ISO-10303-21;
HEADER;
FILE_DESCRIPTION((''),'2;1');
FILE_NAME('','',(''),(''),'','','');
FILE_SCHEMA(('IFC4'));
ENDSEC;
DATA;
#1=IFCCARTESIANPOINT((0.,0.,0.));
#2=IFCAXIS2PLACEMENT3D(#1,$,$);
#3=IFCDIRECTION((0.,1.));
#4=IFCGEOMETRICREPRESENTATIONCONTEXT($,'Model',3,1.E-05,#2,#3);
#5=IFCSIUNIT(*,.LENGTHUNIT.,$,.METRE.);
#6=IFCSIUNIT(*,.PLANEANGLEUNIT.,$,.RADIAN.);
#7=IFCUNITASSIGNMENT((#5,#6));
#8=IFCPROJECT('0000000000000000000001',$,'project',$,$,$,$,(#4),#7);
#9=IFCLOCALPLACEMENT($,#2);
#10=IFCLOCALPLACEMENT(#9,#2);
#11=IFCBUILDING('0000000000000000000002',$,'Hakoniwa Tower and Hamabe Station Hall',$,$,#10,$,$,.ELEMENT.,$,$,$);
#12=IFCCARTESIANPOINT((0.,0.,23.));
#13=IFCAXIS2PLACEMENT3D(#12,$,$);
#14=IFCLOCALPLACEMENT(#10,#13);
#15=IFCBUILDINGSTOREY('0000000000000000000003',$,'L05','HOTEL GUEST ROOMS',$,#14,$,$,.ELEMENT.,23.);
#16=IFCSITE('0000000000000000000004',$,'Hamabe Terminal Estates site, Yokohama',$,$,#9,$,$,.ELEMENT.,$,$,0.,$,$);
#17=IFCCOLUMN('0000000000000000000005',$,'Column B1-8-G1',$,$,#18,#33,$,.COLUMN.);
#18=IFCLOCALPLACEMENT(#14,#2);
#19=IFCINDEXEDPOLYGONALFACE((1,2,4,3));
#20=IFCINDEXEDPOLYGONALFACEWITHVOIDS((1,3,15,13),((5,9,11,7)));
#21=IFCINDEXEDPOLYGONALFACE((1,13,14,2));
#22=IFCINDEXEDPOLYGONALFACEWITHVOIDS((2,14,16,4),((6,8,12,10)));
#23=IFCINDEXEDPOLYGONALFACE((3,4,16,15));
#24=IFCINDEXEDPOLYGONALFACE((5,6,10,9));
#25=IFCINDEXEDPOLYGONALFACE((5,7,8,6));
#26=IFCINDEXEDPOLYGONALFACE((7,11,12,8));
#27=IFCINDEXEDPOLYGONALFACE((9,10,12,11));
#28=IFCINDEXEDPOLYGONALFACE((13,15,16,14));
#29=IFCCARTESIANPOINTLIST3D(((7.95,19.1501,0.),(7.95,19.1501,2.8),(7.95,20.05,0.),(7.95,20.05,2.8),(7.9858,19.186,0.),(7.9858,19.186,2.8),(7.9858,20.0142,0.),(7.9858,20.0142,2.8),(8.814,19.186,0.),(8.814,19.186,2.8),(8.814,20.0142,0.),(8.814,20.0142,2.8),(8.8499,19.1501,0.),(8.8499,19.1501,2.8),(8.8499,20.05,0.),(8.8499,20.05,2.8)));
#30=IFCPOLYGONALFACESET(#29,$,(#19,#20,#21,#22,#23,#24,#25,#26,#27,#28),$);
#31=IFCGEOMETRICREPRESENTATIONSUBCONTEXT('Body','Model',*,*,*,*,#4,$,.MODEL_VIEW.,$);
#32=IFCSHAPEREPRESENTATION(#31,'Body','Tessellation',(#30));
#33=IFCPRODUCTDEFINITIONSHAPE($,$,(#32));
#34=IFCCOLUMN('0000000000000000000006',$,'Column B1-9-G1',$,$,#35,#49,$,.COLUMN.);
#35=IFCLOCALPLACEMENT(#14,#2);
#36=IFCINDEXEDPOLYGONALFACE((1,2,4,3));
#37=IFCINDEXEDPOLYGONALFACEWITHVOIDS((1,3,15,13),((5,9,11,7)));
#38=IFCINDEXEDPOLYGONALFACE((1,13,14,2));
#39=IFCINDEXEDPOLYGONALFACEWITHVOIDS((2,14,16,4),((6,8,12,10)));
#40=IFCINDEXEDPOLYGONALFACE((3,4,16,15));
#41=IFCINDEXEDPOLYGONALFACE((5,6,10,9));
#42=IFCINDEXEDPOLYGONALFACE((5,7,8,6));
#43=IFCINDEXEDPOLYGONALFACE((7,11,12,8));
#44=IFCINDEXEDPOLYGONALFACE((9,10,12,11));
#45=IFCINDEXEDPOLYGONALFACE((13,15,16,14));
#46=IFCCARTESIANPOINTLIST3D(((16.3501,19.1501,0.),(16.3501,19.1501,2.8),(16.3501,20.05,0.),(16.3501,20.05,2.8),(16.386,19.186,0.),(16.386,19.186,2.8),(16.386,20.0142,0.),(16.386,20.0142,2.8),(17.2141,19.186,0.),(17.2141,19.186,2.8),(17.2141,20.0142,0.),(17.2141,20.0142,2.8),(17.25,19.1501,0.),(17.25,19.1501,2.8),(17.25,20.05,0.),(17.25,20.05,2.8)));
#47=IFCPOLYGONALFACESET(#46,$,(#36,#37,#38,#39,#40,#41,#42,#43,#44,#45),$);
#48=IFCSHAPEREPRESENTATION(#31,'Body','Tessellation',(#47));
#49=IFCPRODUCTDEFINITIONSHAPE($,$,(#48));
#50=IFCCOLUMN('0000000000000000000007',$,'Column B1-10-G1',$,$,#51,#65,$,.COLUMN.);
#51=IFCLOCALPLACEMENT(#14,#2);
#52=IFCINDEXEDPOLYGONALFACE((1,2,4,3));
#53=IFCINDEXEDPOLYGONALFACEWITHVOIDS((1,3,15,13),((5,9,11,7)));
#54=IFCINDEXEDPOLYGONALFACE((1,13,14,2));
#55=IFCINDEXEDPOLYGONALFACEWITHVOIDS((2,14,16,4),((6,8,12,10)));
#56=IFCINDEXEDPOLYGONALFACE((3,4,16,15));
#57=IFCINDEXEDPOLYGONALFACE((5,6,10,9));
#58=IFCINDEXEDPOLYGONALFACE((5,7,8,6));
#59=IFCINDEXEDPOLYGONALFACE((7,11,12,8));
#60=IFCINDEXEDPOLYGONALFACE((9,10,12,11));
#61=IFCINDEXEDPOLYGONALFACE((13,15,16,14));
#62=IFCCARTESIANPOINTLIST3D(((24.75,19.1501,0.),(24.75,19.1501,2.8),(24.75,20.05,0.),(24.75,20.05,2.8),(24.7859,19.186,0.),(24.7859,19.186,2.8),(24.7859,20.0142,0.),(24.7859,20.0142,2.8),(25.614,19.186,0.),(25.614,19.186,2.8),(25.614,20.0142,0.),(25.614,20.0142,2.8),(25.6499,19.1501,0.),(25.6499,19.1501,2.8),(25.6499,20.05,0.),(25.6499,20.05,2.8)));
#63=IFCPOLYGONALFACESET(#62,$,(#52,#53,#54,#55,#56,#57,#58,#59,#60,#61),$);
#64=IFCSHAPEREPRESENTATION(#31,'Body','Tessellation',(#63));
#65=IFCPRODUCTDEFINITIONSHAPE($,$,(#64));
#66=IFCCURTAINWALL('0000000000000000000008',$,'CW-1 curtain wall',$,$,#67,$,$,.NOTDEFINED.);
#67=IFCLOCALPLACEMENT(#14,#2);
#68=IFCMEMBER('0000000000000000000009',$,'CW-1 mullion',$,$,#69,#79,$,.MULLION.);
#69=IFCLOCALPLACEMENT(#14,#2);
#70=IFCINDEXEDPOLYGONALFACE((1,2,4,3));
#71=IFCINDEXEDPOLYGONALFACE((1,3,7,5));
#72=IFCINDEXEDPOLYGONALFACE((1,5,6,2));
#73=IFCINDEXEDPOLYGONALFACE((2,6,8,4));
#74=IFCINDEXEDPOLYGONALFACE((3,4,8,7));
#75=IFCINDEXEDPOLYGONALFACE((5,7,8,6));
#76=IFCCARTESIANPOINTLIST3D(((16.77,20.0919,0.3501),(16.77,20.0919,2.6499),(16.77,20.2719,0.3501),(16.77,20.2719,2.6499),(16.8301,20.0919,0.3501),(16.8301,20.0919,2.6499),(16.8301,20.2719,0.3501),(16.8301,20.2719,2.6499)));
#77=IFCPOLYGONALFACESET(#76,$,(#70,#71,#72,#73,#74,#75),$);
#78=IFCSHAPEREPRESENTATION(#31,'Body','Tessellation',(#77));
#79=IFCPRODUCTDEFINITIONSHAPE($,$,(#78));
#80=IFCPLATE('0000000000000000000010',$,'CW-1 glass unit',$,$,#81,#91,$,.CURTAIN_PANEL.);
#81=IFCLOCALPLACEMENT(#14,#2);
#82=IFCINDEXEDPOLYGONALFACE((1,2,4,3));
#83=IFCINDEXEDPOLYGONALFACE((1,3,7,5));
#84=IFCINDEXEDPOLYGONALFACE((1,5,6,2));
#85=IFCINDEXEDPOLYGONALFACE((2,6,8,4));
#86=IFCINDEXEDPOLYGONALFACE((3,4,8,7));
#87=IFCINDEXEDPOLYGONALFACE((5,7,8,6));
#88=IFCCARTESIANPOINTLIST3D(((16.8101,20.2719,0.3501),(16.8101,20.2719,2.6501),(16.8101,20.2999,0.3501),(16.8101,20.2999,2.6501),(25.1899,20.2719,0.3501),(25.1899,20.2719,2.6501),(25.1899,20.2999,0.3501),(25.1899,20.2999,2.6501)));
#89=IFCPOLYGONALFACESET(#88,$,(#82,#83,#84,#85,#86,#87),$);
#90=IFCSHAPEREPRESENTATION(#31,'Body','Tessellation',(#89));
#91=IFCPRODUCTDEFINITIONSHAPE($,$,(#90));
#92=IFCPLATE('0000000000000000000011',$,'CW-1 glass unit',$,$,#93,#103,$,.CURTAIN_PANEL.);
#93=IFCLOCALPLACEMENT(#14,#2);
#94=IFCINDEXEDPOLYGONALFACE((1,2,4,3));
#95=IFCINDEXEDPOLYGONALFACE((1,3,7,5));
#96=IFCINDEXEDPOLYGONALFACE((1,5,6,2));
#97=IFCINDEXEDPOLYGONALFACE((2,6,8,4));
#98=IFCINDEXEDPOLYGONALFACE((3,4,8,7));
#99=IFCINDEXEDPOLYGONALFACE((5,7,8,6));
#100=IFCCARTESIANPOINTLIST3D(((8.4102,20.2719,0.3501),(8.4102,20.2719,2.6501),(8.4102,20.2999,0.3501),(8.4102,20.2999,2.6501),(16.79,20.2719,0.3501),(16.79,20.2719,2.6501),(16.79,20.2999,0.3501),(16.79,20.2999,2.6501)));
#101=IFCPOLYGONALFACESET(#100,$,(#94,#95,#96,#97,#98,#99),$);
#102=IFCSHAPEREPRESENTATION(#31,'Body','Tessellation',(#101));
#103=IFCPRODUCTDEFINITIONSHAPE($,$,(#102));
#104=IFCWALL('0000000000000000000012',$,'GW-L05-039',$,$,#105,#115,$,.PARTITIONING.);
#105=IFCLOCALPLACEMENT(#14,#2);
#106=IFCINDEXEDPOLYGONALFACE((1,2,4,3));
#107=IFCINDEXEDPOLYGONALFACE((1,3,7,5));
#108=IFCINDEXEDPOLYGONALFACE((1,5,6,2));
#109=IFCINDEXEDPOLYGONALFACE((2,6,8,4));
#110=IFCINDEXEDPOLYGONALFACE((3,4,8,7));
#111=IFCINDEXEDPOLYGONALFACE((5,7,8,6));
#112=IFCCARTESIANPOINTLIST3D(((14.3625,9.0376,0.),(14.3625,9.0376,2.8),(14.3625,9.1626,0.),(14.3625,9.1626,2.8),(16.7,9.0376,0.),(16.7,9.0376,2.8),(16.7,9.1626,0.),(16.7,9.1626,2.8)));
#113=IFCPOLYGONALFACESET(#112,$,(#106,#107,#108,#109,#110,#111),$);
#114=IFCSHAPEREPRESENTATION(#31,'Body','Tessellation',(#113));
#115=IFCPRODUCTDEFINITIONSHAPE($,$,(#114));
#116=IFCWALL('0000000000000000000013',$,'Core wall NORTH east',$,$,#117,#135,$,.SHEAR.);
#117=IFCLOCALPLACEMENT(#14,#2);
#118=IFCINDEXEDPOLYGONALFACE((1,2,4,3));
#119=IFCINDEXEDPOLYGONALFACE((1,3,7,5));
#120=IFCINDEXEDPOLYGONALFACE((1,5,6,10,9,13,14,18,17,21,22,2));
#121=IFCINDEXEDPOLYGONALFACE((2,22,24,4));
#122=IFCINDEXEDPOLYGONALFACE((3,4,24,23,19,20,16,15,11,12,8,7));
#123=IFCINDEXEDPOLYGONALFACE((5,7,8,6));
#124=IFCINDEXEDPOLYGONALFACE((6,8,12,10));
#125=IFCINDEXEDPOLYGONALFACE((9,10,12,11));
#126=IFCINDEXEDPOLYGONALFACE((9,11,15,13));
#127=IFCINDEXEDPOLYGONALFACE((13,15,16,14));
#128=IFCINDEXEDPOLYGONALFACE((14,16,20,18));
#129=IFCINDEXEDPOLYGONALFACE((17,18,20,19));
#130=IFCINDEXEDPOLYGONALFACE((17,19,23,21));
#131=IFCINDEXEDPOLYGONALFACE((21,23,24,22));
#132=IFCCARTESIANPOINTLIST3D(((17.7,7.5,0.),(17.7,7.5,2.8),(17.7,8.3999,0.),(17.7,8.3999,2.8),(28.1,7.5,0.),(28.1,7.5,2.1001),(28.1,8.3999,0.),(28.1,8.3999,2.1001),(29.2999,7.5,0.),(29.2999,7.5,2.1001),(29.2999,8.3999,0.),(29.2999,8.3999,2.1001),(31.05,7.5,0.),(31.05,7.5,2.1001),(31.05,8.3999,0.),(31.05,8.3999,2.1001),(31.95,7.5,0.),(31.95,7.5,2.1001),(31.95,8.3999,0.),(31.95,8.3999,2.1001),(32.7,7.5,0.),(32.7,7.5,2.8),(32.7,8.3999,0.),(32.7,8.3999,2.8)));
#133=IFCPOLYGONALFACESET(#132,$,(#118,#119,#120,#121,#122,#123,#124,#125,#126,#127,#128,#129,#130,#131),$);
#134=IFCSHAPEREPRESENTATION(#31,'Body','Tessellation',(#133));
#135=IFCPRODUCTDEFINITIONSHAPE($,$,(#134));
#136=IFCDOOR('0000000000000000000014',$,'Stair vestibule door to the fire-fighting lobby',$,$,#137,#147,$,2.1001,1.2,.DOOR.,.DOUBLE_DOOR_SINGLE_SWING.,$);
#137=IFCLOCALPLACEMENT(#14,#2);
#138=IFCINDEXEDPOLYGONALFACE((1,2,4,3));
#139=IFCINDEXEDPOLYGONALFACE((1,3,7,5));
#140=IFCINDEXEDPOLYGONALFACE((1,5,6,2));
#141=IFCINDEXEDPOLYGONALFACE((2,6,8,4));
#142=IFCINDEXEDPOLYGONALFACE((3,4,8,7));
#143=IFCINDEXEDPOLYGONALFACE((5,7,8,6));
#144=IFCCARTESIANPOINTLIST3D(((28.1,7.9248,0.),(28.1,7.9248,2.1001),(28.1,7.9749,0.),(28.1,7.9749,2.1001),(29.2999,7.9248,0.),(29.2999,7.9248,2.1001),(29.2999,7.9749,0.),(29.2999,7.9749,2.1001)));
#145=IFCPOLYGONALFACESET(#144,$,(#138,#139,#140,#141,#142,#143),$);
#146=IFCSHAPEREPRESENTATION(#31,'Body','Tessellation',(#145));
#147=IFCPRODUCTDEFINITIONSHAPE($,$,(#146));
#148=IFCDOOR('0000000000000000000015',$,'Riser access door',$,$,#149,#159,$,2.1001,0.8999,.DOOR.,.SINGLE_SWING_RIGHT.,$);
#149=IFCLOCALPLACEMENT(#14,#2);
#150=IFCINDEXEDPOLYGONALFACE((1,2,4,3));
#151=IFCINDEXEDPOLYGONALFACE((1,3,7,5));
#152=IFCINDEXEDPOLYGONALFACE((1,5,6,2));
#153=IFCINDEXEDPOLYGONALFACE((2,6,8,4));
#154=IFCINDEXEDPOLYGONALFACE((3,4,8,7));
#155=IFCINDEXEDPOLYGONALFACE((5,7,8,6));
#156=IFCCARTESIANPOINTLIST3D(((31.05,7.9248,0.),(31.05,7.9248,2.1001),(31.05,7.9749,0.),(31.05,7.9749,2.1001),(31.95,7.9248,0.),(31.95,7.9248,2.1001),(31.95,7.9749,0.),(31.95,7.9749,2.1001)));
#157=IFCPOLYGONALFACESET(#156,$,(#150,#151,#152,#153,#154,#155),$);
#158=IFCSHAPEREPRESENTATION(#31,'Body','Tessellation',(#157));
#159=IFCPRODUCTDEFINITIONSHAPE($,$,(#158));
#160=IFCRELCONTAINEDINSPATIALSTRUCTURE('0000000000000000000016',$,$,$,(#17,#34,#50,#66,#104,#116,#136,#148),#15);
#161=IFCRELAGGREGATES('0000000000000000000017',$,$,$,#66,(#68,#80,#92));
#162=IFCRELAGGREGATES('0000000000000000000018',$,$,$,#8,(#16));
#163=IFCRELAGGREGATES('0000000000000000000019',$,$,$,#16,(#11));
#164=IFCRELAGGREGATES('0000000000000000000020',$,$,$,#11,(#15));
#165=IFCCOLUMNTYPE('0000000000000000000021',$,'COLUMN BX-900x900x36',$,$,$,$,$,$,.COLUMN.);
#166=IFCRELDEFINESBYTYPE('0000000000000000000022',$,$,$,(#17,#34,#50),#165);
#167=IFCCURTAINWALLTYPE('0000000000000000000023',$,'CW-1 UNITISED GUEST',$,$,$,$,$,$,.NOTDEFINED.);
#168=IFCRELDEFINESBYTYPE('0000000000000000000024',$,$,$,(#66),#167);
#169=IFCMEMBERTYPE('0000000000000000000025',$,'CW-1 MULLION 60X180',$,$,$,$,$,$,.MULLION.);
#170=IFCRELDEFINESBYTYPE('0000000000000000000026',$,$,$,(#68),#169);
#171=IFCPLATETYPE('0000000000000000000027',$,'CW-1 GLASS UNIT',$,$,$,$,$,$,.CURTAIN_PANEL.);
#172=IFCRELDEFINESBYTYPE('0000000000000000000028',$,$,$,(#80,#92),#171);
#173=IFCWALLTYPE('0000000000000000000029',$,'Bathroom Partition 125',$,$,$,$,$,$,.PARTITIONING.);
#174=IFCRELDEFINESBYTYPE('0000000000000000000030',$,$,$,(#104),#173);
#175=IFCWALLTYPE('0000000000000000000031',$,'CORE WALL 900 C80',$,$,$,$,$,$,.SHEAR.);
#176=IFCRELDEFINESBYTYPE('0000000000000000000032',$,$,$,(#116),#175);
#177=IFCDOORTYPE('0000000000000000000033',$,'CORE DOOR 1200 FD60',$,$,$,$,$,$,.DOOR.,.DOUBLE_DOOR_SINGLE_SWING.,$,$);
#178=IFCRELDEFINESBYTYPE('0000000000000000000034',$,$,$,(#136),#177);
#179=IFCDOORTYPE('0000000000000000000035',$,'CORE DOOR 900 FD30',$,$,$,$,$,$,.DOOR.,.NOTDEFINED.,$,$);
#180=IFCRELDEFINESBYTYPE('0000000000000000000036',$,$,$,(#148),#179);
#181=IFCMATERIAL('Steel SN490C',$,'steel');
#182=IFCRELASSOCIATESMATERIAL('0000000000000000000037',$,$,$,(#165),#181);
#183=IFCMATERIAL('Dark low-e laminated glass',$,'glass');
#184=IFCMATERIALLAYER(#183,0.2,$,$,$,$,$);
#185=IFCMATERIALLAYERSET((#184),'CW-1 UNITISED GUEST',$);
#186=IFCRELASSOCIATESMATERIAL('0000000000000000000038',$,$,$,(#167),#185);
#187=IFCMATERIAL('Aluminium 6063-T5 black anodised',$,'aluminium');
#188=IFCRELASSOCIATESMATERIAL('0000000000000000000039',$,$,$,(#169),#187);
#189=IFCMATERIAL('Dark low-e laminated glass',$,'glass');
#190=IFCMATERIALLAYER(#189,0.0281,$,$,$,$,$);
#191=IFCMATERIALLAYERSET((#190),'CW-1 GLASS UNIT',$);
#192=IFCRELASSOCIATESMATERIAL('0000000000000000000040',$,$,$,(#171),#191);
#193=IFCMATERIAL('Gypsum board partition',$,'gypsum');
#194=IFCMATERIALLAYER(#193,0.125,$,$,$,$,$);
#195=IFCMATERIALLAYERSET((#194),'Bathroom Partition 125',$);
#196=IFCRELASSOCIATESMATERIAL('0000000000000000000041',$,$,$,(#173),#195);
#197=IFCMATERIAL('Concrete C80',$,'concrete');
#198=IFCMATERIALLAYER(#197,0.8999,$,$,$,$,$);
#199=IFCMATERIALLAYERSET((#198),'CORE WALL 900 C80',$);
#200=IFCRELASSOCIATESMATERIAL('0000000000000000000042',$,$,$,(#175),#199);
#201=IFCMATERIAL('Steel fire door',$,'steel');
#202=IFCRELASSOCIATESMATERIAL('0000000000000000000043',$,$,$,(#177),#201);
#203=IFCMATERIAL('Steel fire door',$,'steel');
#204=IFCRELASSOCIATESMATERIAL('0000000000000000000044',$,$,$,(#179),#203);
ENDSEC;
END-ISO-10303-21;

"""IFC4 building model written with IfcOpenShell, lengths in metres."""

from ifc_helpers import new_model, si_unit, direction, frame, frame_2d, origin, origin_2d, place, context, subcontext, project, spatial, rectangle, hollow_rectangle, extrude, material, layer, layer_set, material_profile, profile_set, type_object, element, fill, aggregate, save


model = new_model("IFC4")

# Units and contexts
model_context = context("Model", 3, precision=1e-05, world=origin(), true_north=direction((0.0, 1.0)))
body_context = subcontext(model_context, "Body", "Model", "MODEL_VIEW")
ifc_project = project(units=[si_unit("LENGTHUNIT", "METRE"), si_unit("PLANEANGLEUNIT", "RADIAN")], contexts=[model_context])

# Site, building, storey
site_placement = place(None, origin())
site = spatial("IfcSite", under=ifc_project, at=site_placement, Name="Hamabe Terminal Estates site, Yokohama", CompositionType="ELEMENT", RefElevation=0.0)
building_placement = place(site_placement, origin())
building = spatial("IfcBuilding", under=site, at=building_placement, Name="Hakoniwa Tower and Hamabe Station Hall", CompositionType="ELEMENT")
storey_placement = place(building_placement, frame((0.0, 0.0, 23.0)))
storey = spatial("IfcBuildingStorey", under=building, at=storey_placement, Name="L05", Description="HOTEL GUEST ROOMS", CompositionType="ELEMENT", Elevation=23.0)

# Columns
ifc_material_1 = material(Name="Steel SN490C", Category="steel")
ifc_material_profile_1 = material_profile(ifc_material_1, hollow_rectangle(XDim=0.8999, YDim=0.8999, WallThickness=0.0359, at=origin_2d()), Name="BX-900x900x36")
ifc_profile_set_1 = profile_set([ifc_material_profile_1], Name="Steel SN490C")
column_type = type_object("IfcColumnType", Name="COLUMN BX-900x900x36", PredefinedType="COLUMN", material=ifc_profile_set_1)
for number, where, z_axis, x_axis, name in (
    (1, (8.3999, 19.6001, 0.0), (0.0, 0.0, 1.0), (1.0, 0.0, 0.0), "Column B1-8-G1"),
    (2, (16.8, 19.6001, 0.0), (0.0, 0.0, 1.0), (1.0, 0.0, 0.0), "Column B1-9-G1"),
    (3, (25.2, 19.6001, 0.0), (0.0, 0.0, 1.0), (1.0, 0.0, 0.0), "Column B1-10-G1"),
):
    element("IfcColumn", number, at=place(storey_placement, frame(where, z_axis=z_axis, x_axis=x_axis)), inside=storey, type_object=column_type, Name=name, PredefinedType="COLUMN", context=body_context, shape_type="SweptSolid", body=[
        extrude(hollow_rectangle(XDim=0.8999, YDim=0.8999, WallThickness=0.0359, at=origin_2d()), origin(), (0.0, 0.0, 1.0), 2.8),
    ])

# Curtain wall, member, plates
ifc_material_2 = material(Name="Dark low-e laminated glass", Category="glass")
ifc_layer_1 = layer(ifc_material_2, 0.2)
ifc_layer_set_1 = layer_set([ifc_layer_1], Name="CW-1 UNITISED GUEST")
curtain_wall_type = type_object("IfcCurtainWallType", Name="CW-1 UNITISED GUEST", PredefinedType="NOTDEFINED", material=ifc_layer_set_1)
curtain_wall_placement = place(storey_placement, origin())
curtain_wall = element("IfcCurtainWall", 4, at=curtain_wall_placement, inside=storey, type_object=curtain_wall_type, Name="CW-1 curtain wall", PredefinedType="NOTDEFINED")
ifc_material_3 = material(Name="Aluminium 6063-T5 black anodised", Category="aluminium")
ifc_material_profile_2 = material_profile(ifc_material_3, rectangle(XDim=0.0601, YDim=0.1799, at=origin_2d()), Name="CW-1 MULLION 60X180")
ifc_profile_set_2 = profile_set([ifc_material_profile_2], Name="Aluminium 6063-T5 black anodised")
member_type = type_object("IfcMemberType", Name="CW-1 MULLION 60X180", PredefinedType="MULLION", material=ifc_profile_set_2)
member_placement = place(storey_placement, frame((16.8, 20.1819, 0.3501), z_axis=(0.0, 0.0, 1.0), x_axis=(-1.0, 0.0, 0.0)))
member = element("IfcMember", 5, at=member_placement, type_object=member_type, Name="CW-1 mullion", PredefinedType="MULLION", context=body_context, shape_type="SweptSolid", body=[
    extrude(rectangle(XDim=0.0601, YDim=0.1799, at=origin_2d()), origin(), (0.0, 0.0, 1.0), 2.2998),
])
ifc_material_4 = material(Name="Dark low-e laminated glass", Category="glass")
ifc_layer_2 = layer(ifc_material_4, 0.0281)
ifc_layer_set_2 = layer_set([ifc_layer_2], Name="CW-1 GLASS UNIT")
plate_type = type_object("IfcPlateType", Name="CW-1 GLASS UNIT", PredefinedType="CURTAIN_PANEL", material=ifc_layer_set_2)
plate_1_placement = place(storey_placement, frame((21.0, 20.2859, 0.3501), z_axis=(0.0, 0.0, 1.0), x_axis=(-1.0, 0.0, 0.0)))
plate_1 = element("IfcPlate", 6, at=plate_1_placement, type_object=plate_type, Name="CW-1 glass unit", PredefinedType="CURTAIN_PANEL", context=body_context, shape_type="SweptSolid", body=[
    extrude(rectangle(XDim=8.3799, YDim=0.0281, at=origin_2d()), origin(), (0.0, 0.0, 1.0), 2.3),
])
plate_2_placement = place(storey_placement, frame((12.6001, 20.2859, 0.3501), z_axis=(0.0, 0.0, 1.0), x_axis=(-1.0, 0.0, 0.0)))
plate_2 = element("IfcPlate", 7, at=plate_2_placement, type_object=plate_type, Name="CW-1 glass unit", PredefinedType="CURTAIN_PANEL", context=body_context, shape_type="SweptSolid", body=[
    extrude(rectangle(XDim=8.3799, YDim=0.0281, at=origin_2d()), origin(), (0.0, 0.0, 1.0), 2.3),
])
aggregate(curtain_wall, [member, plate_1, plate_2])

# Wall
ifc_material_5 = material(Name="Gypsum board partition", Category="gypsum")
ifc_layer_3 = layer(ifc_material_5, 0.125)
ifc_layer_set_3 = layer_set([ifc_layer_3], Name="Bathroom Partition 125")
wall_type_1 = type_object("IfcWallType", Name="Bathroom Partition 125", PredefinedType="PARTITIONING", material=ifc_layer_set_3)
wall_1_placement = place(storey_placement, frame((14.3625, 9.1001, 0.0), z_axis=(0.0, 0.0, 1.0), x_axis=(1.0, 0.0, 0.0)))
element("IfcWall", 8, at=wall_1_placement, inside=storey, type_object=wall_type_1, Name="GW-L05-039", PredefinedType="PARTITIONING", context=body_context, shape_type="SweptSolid", body=[
    extrude(rectangle(XDim=2.3374, YDim=0.125, at=frame_2d((1.1687, 0.0))), origin(), (0.0, 0.0, 1.0), 2.8),
])

# Wall, openings, doors
ifc_material_6 = material(Name="Concrete C80", Category="concrete")
ifc_layer_4 = layer(ifc_material_6, 0.8999)
ifc_layer_set_4 = layer_set([ifc_layer_4], Name="CORE WALL 900 C80")
wall_type_2 = type_object("IfcWallType", Name="CORE WALL 900 C80", PredefinedType="SHEAR", material=ifc_layer_set_4)
wall_2_placement = place(storey_placement, frame((17.7, 7.95, 0.0), z_axis=(0.0, 0.0, 1.0), x_axis=(1.0, 0.0, 0.0)))
wall_2 = element("IfcWall", 9, at=wall_2_placement, inside=storey, type_object=wall_type_2, Name="Core wall NORTH east", PredefinedType="SHEAR", context=body_context, shape_type="SweptSolid", body=[
    extrude(rectangle(XDim=15.0, YDim=0.8999, at=frame_2d((7.5, 0.0))), origin(), (0.0, 0.0, 1.0), 2.8),
])
opening_1_placement = place(wall_2_placement, frame((10.3999, 0.0, 0.0)))
opening_1 = element("IfcOpeningElement", 10, at=opening_1_placement, cuts=wall_2, PredefinedType="OPENING", context=body_context, shape_type="SweptSolid", body=[
    extrude(rectangle(XDim=1.2, YDim=2.1001, at=frame_2d((0.6001, 1.05))), frame((0.0, 0.46, 0.0), z_axis=(0.0, -1.0, 0.0), x_axis=(1.0, 0.0, 0.0)), (0.0, 0.0, 1.0), 0.9199),
])
opening_2_placement = place(wall_2_placement, frame((13.3501, 0.0, 0.0)))
opening_2 = element("IfcOpeningElement", 11, at=opening_2_placement, cuts=wall_2, PredefinedType="OPENING", context=body_context, shape_type="SweptSolid", body=[
    extrude(rectangle(XDim=0.8999, YDim=2.1001, at=frame_2d((0.45, 1.05))), frame((0.0, 0.46, 0.0), z_axis=(0.0, -1.0, 0.0), x_axis=(1.0, 0.0, 0.0)), (0.0, 0.0, 1.0), 0.9199),
])
ifc_material_7 = material(Name="Steel fire door", Category="steel")
door_type_1 = type_object("IfcDoorType", Name="CORE DOOR 1200 FD60", OperationType="DOUBLE_DOOR_SINGLE_SWING", PredefinedType="DOOR", material=ifc_material_7)
door_1_placement = place(opening_1_placement, origin())
door_1 = element("IfcDoor", 12, at=door_1_placement, inside=storey, type_object=door_type_1, Name="Stair vestibule door to the fire-fighting lobby", OperationType="DOUBLE_DOOR_SINGLE_SWING", OverallHeight=2.1001, OverallWidth=1.2, PredefinedType="DOOR", context=body_context, shape_type="SweptSolid", body=[
    extrude(rectangle(XDim=1.2, YDim=2.1001, at=frame_2d((0.6001, 1.05))), frame((0.0, 0.0249, 0.0), z_axis=(0.0, -1.0, 0.0), x_axis=(1.0, 0.0, 0.0)), (0.0, 0.0, 1.0), 0.05),
])
fill(opening_1, door_1)
ifc_material_8 = material(Name="Steel fire door", Category="steel")
door_type_2 = type_object("IfcDoorType", Name="CORE DOOR 900 FD30", OperationType="NOTDEFINED", PredefinedType="DOOR", material=ifc_material_8)
door_2_placement = place(opening_2_placement, origin())
door_2 = element("IfcDoor", 13, at=door_2_placement, inside=storey, type_object=door_type_2, Name="Riser access door", OperationType="SINGLE_SWING_RIGHT", OverallHeight=2.1001, OverallWidth=0.8999, PredefinedType="DOOR", context=body_context, shape_type="SweptSolid", body=[
    extrude(rectangle(XDim=0.8999, YDim=2.1001, at=frame_2d((0.45, 1.05))), frame((0.0, 0.0249, 0.0), z_axis=(0.0, -1.0, 0.0), x_axis=(1.0, 0.0, 0.0)), (0.0, 0.0, 1.0), 0.05),
])
fill(opening_2, door_2)

save(model, "model.ifc")
